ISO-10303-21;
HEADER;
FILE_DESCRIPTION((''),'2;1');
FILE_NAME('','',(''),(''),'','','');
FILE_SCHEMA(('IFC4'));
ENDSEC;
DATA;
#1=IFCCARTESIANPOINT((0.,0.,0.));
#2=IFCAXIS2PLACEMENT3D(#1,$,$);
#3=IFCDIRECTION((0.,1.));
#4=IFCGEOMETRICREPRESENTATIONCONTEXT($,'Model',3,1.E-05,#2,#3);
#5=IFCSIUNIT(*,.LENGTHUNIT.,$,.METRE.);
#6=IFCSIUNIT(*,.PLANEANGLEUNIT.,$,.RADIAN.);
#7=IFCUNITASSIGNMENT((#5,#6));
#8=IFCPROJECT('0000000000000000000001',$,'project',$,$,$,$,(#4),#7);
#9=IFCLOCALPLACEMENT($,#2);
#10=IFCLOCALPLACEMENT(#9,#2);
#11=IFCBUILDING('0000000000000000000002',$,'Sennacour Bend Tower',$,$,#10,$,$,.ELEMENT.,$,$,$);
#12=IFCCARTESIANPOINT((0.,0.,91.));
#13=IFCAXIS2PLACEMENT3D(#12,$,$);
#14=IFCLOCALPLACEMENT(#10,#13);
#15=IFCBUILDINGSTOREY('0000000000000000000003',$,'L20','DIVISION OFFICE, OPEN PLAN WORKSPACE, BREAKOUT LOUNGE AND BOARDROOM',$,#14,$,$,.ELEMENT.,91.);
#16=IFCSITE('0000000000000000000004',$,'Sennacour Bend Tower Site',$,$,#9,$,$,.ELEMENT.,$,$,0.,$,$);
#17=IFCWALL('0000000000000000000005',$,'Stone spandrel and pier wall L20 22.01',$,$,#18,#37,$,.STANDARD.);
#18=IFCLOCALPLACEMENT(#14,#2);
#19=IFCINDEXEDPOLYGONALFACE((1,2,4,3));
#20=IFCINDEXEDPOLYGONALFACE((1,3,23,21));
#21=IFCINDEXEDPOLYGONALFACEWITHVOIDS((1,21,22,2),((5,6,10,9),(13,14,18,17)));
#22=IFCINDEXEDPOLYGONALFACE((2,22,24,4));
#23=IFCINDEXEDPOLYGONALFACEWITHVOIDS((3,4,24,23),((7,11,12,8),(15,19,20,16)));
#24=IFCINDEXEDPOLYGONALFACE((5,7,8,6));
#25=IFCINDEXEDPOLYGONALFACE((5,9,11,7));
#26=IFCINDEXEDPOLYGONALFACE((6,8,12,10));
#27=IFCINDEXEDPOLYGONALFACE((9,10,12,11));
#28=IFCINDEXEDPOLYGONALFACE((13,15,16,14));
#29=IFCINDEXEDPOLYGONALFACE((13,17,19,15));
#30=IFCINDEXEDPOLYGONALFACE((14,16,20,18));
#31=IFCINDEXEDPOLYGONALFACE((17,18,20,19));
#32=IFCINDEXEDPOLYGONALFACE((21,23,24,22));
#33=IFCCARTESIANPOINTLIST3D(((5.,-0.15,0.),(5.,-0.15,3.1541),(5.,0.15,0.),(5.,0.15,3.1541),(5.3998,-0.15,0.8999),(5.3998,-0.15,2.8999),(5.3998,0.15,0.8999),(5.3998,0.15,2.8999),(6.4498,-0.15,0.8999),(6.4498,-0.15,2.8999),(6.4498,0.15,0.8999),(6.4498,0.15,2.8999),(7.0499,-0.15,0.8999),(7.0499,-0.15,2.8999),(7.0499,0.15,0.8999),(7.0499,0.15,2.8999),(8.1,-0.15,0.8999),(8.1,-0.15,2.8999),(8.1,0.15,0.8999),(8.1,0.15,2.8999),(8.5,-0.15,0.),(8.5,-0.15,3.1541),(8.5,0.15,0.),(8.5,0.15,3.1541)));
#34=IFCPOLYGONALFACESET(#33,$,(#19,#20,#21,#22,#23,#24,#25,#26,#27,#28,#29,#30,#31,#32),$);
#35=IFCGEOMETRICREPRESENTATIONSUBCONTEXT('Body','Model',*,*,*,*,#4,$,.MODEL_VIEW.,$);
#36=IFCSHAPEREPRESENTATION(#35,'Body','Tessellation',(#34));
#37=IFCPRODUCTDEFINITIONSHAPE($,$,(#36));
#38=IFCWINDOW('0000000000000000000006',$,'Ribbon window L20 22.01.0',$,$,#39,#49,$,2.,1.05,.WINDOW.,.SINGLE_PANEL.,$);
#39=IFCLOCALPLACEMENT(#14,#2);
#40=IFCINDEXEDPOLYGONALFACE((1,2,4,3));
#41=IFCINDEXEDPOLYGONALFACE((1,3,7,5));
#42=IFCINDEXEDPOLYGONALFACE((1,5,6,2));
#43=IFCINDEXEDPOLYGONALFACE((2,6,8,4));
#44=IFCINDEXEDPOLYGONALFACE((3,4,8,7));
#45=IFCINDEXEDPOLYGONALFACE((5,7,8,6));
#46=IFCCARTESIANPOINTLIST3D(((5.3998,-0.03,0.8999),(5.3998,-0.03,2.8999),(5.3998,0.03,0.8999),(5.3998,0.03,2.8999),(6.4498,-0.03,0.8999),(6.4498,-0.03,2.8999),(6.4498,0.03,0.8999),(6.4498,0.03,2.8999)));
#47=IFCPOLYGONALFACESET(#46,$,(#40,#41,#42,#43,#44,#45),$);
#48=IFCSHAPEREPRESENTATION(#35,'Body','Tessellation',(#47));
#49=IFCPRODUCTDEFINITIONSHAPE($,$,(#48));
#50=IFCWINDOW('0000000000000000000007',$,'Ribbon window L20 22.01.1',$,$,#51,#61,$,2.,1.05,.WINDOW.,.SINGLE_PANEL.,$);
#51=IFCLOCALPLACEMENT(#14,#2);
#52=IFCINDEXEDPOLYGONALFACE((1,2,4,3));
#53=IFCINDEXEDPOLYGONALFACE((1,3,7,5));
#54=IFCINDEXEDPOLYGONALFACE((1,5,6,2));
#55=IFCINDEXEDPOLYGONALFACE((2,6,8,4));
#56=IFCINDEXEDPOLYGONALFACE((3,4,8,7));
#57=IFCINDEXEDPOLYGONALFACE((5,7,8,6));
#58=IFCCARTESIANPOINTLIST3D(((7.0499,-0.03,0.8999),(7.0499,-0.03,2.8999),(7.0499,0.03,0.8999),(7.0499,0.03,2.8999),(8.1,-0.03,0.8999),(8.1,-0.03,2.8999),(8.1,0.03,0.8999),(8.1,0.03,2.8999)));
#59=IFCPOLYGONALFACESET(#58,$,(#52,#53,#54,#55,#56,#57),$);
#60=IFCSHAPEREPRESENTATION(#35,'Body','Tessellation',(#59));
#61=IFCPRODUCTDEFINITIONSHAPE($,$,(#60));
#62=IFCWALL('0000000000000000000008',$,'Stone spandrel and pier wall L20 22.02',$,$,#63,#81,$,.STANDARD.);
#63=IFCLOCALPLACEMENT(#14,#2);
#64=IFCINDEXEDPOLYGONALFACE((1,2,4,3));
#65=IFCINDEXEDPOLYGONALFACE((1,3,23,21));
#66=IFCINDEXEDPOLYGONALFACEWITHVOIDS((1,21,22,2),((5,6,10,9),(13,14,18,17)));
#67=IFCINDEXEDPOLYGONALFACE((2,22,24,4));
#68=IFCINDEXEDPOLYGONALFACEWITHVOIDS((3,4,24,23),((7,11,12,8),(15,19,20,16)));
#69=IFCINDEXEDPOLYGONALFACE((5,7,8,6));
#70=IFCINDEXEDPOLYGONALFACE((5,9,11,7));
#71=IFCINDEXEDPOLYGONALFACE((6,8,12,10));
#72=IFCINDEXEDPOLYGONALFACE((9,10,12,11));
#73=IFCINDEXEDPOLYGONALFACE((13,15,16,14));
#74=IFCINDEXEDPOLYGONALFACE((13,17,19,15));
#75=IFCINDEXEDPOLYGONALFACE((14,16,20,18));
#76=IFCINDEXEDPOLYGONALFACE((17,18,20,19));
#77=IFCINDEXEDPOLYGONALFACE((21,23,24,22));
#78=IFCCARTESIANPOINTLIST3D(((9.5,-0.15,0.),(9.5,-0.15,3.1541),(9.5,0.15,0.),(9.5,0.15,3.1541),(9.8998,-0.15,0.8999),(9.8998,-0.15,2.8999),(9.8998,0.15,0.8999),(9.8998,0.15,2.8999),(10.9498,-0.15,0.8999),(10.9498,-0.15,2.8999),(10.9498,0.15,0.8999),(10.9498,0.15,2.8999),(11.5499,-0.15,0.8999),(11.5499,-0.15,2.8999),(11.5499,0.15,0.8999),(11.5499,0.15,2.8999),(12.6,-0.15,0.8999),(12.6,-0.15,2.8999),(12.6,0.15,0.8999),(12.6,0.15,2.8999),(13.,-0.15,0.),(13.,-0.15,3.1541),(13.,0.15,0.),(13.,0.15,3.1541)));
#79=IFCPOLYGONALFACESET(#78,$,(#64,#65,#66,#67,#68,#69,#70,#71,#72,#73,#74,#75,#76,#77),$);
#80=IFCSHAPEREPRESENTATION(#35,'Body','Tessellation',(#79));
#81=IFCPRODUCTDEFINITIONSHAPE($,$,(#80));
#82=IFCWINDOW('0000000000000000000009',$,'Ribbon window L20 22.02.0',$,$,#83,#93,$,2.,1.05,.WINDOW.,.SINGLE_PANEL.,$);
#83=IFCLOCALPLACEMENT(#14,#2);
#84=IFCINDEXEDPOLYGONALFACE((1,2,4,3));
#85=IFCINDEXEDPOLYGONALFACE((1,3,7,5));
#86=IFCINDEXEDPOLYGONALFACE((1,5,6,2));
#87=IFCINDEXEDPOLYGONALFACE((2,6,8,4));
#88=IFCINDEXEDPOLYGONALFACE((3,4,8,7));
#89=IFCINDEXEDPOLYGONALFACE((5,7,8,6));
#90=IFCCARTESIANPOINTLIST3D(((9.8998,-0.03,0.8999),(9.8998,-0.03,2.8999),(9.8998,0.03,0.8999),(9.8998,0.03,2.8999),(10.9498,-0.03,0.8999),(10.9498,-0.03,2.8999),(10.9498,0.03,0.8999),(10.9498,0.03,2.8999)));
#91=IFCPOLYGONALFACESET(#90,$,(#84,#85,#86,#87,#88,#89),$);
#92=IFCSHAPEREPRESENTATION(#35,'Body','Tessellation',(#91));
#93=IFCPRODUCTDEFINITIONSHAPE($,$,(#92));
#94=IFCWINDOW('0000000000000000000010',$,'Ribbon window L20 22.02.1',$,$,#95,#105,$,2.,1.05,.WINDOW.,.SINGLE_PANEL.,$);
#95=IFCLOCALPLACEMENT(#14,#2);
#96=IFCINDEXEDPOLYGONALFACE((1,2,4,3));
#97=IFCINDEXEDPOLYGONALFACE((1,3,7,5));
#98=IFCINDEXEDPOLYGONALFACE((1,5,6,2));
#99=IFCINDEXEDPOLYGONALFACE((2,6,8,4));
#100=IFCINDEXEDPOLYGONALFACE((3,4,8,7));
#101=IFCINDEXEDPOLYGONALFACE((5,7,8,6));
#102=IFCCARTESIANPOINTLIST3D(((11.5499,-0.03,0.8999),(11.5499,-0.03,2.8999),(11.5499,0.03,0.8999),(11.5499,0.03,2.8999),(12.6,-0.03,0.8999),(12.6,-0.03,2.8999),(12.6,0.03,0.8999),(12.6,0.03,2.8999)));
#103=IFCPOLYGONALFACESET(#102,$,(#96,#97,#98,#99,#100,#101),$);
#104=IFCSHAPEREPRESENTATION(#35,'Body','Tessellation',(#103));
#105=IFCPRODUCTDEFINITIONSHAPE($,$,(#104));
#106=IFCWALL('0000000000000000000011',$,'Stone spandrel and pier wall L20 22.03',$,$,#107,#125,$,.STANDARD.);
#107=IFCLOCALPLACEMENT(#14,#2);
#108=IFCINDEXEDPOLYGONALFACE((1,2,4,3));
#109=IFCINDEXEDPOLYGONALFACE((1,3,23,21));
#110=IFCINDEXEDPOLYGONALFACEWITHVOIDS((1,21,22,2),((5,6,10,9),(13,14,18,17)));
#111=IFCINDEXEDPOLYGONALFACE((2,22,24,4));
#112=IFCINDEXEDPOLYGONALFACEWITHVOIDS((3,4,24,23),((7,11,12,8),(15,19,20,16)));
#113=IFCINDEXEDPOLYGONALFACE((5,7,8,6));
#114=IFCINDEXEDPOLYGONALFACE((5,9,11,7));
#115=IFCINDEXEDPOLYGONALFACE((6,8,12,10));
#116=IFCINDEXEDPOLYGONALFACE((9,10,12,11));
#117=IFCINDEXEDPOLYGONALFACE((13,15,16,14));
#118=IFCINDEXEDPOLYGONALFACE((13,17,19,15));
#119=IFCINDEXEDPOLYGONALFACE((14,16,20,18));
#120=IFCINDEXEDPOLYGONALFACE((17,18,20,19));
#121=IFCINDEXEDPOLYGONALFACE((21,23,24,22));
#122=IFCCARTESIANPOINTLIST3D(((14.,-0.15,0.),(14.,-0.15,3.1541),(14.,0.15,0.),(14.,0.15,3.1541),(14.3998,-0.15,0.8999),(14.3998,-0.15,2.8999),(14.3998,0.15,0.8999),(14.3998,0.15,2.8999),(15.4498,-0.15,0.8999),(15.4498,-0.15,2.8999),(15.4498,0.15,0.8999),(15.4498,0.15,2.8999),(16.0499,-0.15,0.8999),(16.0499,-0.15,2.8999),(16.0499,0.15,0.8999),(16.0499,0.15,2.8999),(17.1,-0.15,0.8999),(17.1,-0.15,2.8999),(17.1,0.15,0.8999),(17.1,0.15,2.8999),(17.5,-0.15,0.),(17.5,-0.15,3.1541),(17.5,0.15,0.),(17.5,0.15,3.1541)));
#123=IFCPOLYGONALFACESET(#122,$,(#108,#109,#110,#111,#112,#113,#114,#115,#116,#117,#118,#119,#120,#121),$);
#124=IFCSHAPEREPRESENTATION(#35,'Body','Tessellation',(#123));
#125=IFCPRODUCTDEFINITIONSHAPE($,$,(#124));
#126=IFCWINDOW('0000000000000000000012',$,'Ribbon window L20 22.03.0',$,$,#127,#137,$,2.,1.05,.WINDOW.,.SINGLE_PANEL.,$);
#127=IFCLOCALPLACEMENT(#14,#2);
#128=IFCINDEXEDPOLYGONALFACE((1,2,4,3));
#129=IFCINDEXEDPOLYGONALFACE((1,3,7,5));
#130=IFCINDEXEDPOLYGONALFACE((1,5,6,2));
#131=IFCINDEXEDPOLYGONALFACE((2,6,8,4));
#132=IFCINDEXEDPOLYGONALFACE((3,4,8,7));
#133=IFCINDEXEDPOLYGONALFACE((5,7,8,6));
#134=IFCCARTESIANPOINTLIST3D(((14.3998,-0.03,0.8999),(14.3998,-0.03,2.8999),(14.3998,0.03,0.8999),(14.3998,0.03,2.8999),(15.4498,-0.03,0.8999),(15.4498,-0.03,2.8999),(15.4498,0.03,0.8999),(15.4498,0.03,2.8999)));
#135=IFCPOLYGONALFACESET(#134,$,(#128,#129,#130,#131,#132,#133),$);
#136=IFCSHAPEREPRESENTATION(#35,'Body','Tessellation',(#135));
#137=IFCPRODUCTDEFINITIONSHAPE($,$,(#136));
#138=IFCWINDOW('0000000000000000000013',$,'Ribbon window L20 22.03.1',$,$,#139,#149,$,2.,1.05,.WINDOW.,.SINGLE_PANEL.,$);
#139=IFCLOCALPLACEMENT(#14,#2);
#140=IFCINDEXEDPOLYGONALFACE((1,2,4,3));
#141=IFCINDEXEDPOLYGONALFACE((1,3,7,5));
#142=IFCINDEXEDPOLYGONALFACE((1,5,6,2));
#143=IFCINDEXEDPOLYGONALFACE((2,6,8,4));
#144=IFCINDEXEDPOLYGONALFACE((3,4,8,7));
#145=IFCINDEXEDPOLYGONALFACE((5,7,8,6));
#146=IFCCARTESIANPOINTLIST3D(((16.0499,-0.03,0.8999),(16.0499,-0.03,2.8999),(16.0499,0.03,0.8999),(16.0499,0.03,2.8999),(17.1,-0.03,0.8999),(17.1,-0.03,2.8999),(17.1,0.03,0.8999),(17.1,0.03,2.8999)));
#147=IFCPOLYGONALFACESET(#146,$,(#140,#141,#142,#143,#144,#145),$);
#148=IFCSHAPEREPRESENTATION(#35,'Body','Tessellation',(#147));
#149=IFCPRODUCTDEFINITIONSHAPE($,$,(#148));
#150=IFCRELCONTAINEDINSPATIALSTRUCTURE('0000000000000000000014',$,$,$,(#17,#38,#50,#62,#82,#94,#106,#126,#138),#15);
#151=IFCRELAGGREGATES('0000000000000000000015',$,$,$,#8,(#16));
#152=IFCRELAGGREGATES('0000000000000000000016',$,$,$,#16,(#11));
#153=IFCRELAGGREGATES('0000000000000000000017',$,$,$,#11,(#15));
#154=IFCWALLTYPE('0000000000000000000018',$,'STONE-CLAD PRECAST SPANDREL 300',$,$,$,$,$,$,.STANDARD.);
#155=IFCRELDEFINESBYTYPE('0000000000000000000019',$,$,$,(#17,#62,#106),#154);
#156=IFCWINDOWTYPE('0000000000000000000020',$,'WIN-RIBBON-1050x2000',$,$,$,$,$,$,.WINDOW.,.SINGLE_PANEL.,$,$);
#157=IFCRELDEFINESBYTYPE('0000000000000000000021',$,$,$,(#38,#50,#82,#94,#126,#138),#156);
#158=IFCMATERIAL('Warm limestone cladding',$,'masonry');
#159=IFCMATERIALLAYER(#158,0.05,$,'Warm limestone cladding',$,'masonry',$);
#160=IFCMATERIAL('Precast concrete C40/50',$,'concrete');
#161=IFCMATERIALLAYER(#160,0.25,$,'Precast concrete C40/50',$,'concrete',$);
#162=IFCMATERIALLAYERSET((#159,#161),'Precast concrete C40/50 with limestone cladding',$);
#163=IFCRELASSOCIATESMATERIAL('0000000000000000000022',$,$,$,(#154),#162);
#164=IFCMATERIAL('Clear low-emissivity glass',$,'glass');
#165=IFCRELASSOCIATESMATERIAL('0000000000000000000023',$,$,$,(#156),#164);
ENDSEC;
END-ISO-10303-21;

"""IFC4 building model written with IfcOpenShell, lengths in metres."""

from ifc_helpers import new_model, si_unit, direction, frame, frame_2d, origin, place, context, subcontext, project, spatial, rectangle, extrude, material, layer, layer_set, type_object, element, fill, save


model = new_model("IFC4")

# Units and contexts
model_context = context("Model", 3, precision=1e-05, world=origin(), true_north=direction((0.0, 1.0)))
body_context = subcontext(model_context, "Body", "Model", "MODEL_VIEW")
ifc_project = project(units=[si_unit("LENGTHUNIT", "METRE"), si_unit("PLANEANGLEUNIT", "RADIAN")], contexts=[model_context])

# Site, building, storey
site_placement = place(None, origin())
site = spatial("IfcSite", under=ifc_project, at=site_placement, Name="Sennacour Bend Tower Site", CompositionType="ELEMENT", RefElevation=0.0)
building_placement = place(site_placement, origin())
building = spatial("IfcBuilding", under=site, at=building_placement, Name="Sennacour Bend Tower", CompositionType="ELEMENT")
storey_placement = place(building_placement, frame((0.0, 0.0, 91.0)))
storey = spatial("IfcBuildingStorey", under=building, at=storey_placement, Name="L20", Description="DIVISION OFFICE, OPEN PLAN WORKSPACE, BREAKOUT LOUNGE AND BOARDROOM", CompositionType="ELEMENT", Elevation=91.0)

# Walls, openings, windows
ifc_material_1 = material(Name="Warm limestone cladding", Category="masonry")
ifc_layer_1 = layer(ifc_material_1, 0.05, Name="Warm limestone cladding", Category="masonry")
ifc_material_2 = material(Name="Precast concrete C40/50", Category="concrete")
ifc_layer_2 = layer(ifc_material_2, 0.25, Name="Precast concrete C40/50", Category="concrete")
ifc_layer_set_1 = layer_set([ifc_layer_1, ifc_layer_2], Name="Precast concrete C40/50 with limestone cladding")
wall_type_1 = type_object("IfcWallType", Name="STONE-CLAD PRECAST SPANDREL 300", PredefinedType="STANDARD", material=ifc_layer_set_1)
wall_1_placement = place(storey_placement, frame((5.0, 0.0, 0.0), z_axis=(0.0, 0.0, 1.0), x_axis=(1.0, 0.0, 0.0)))
wall_1 = element("IfcWall", 1, at=wall_1_placement, inside=storey, type_object=wall_type_1, Name="Stone spandrel and pier wall L20 22.01", PredefinedType="STANDARD", context=body_context, shape_type="SweptSolid", body=[
    extrude(rectangle(XDim=3.5, YDim=0.3, at=frame_2d((1.75, 0.0))), origin(), (0.0, 0.0, 1.0), 3.1541),
])
opening_1_placement = place(wall_1_placement, frame((0.3999, 0.0, 0.8999)))
opening_1 = element("IfcOpeningElement", 2, at=opening_1_placement, cuts=wall_1, PredefinedType="OPENING", context=body_context, shape_type="SweptSolid", body=[
    extrude(rectangle(XDim=1.05, YDim=2.0, at=frame_2d((0.5249, 1.0))), frame((0.0, 0.1602, 0.0), z_axis=(0.0, -1.0, 0.0), x_axis=(1.0, 0.0, 0.0)), (0.0, 0.0, 1.0), 0.3201),
])
opening_2_placement = place(wall_1_placement, frame((2.05, 0.0, 0.8999)))
opening_2 = element("IfcOpeningElement", 3, at=opening_2_placement, cuts=wall_1, PredefinedType="OPENING", context=body_context, shape_type="SweptSolid", body=[
    extrude(rectangle(XDim=1.05, YDim=2.0, at=frame_2d((0.5249, 1.0))), frame((0.0, 0.1602, 0.0), z_axis=(0.0, -1.0, 0.0), x_axis=(1.0, 0.0, 0.0)), (0.0, 0.0, 1.0), 0.3201),
])
ifc_material_3 = material(Name="Clear low-emissivity glass", Category="glass")
window_type = type_object("IfcWindowType", Name="WIN-RIBBON-1050x2000", PartitioningType="SINGLE_PANEL", PredefinedType="WINDOW", material=ifc_material_3)
window_1_placement = place(opening_1_placement, origin())
window_1 = element("IfcWindow", 4, at=window_1_placement, inside=storey, type_object=window_type, Name="Ribbon window L20 22.01.0", OverallHeight=2.0, OverallWidth=1.05, PartitioningType="SINGLE_PANEL", PredefinedType="WINDOW", context=body_context, shape_type="SweptSolid", body=[
    extrude(rectangle(XDim=1.05, YDim=2.0, at=frame_2d((0.5249, 1.0))), frame((0.0, 0.03, 0.0), z_axis=(0.0, -1.0, 0.0), x_axis=(1.0, 0.0, 0.0)), (0.0, 0.0, 1.0), 0.0601),
])
fill(opening_1, window_1)
window_2_placement = place(opening_2_placement, origin())
window_2 = element("IfcWindow", 5, at=window_2_placement, inside=storey, type_object=window_type, Name="Ribbon window L20 22.01.1", OverallHeight=2.0, OverallWidth=1.05, PartitioningType="SINGLE_PANEL", PredefinedType="WINDOW", context=body_context, shape_type="SweptSolid", body=[
    extrude(rectangle(XDim=1.05, YDim=2.0, at=frame_2d((0.5249, 1.0))), frame((0.0, 0.03, 0.0), z_axis=(0.0, -1.0, 0.0), x_axis=(1.0, 0.0, 0.0)), (0.0, 0.0, 1.0), 0.0601),
])
fill(opening_2, window_2)
wall_2_placement = place(storey_placement, frame((9.5, 0.0, 0.0), z_axis=(0.0, 0.0, 1.0), x_axis=(1.0, 0.0, 0.0)))
wall_2 = element("IfcWall", 6, at=wall_2_placement, inside=storey, type_object=wall_type_1, Name="Stone spandrel and pier wall L20 22.02", PredefinedType="STANDARD", context=body_context, shape_type="SweptSolid", body=[
    extrude(rectangle(XDim=3.5, YDim=0.3, at=frame_2d((1.75, 0.0))), origin(), (0.0, 0.0, 1.0), 3.1541),
])
opening_3_placement = place(wall_2_placement, frame((0.3999, 0.0, 0.8999)))
opening_3 = element("IfcOpeningElement", 7, at=opening_3_placement, cuts=wall_2, PredefinedType="OPENING", context=body_context, shape_type="SweptSolid", body=[
    extrude(rectangle(XDim=1.05, YDim=2.0, at=frame_2d((0.5249, 1.0))), frame((0.0, 0.1602, 0.0), z_axis=(0.0, -1.0, 0.0), x_axis=(1.0, 0.0, 0.0)), (0.0, 0.0, 1.0), 0.3201),
])
opening_4_placement = place(wall_2_placement, frame((2.05, 0.0, 0.8999)))
opening_4 = element("IfcOpeningElement", 8, at=opening_4_placement, cuts=wall_2, PredefinedType="OPENING", context=body_context, shape_type="SweptSolid", body=[
    extrude(rectangle(XDim=1.05, YDim=2.0, at=frame_2d((0.5249, 1.0))), frame((0.0, 0.1602, 0.0), z_axis=(0.0, -1.0, 0.0), x_axis=(1.0, 0.0, 0.0)), (0.0, 0.0, 1.0), 0.3201),
])
window_3_placement = place(opening_3_placement, origin())
window_3 = element("IfcWindow", 9, at=window_3_placement, inside=storey, type_object=window_type, Name="Ribbon window L20 22.02.0", OverallHeight=2.0, OverallWidth=1.05, PartitioningType="SINGLE_PANEL", PredefinedType="WINDOW", context=body_context, shape_type="SweptSolid", body=[
    extrude(rectangle(XDim=1.05, YDim=2.0, at=frame_2d((0.5249, 1.0))), frame((0.0, 0.03, 0.0), z_axis=(0.0, -1.0, 0.0), x_axis=(1.0, 0.0, 0.0)), (0.0, 0.0, 1.0), 0.0601),
])
fill(opening_3, window_3)
window_4_placement = place(opening_4_placement, origin())
window_4 = element("IfcWindow", 10, at=window_4_placement, inside=storey, type_object=window_type, Name="Ribbon window L20 22.02.1", OverallHeight=2.0, OverallWidth=1.05, PartitioningType="SINGLE_PANEL", PredefinedType="WINDOW", context=body_context, shape_type="SweptSolid", body=[
    extrude(rectangle(XDim=1.05, YDim=2.0, at=frame_2d((0.5249, 1.0))), frame((0.0, 0.03, 0.0), z_axis=(0.0, -1.0, 0.0), x_axis=(1.0, 0.0, 0.0)), (0.0, 0.0, 1.0), 0.0601),
])
fill(opening_4, window_4)
wall_3_placement = place(storey_placement, frame((14.0, 0.0, 0.0), z_axis=(0.0, 0.0, 1.0), x_axis=(1.0, 0.0, 0.0)))
wall_3 = element("IfcWall", 11, at=wall_3_placement, inside=storey, type_object=wall_type_1, Name="Stone spandrel and pier wall L20 22.03", PredefinedType="STANDARD", context=body_context, shape_type="SweptSolid", body=[
    extrude(rectangle(XDim=3.5, YDim=0.3, at=frame_2d((1.75, 0.0))), origin(), (0.0, 0.0, 1.0), 3.1541),
])
opening_5_placement = place(wall_3_placement, frame((0.3999, 0.0, 0.8999)))
opening_5 = element("IfcOpeningElement", 12, at=opening_5_placement, cuts=wall_3, PredefinedType="OPENING", context=body_context, shape_type="SweptSolid", body=[
    extrude(rectangle(XDim=1.05, YDim=2.0, at=frame_2d((0.5249, 1.0))), frame((0.0, 0.1602, 0.0), z_axis=(0.0, -1.0, 0.0), x_axis=(1.0, 0.0, 0.0)), (0.0, 0.0, 1.0), 0.3201),
])
opening_6_placement = place(wall_3_placement, frame((2.05, 0.0, 0.8999)))
opening_6 = element("IfcOpeningElement", 13, at=opening_6_placement, cuts=wall_3, PredefinedType="OPENING", context=body_context, shape_type="SweptSolid", body=[
    extrude(rectangle(XDim=1.05, YDim=2.0, at=frame_2d((0.5249, 1.0))), frame((0.0, 0.1602, 0.0), z_axis=(0.0, -1.0, 0.0), x_axis=(1.0, 0.0, 0.0)), (0.0, 0.0, 1.0), 0.3201),
])
window_5_placement = place(opening_5_placement, origin())
window_5 = element("IfcWindow", 14, at=window_5_placement, inside=storey, type_object=window_type, Name="Ribbon window L20 22.03.0", OverallHeight=2.0, OverallWidth=1.05, PartitioningType="SINGLE_PANEL", PredefinedType="WINDOW", context=body_context, shape_type="SweptSolid", body=[
    extrude(rectangle(XDim=1.05, YDim=2.0, at=frame_2d((0.5249, 1.0))), frame((0.0, 0.03, 0.0), z_axis=(0.0, -1.0, 0.0), x_axis=(1.0, 0.0, 0.0)), (0.0, 0.0, 1.0), 0.0601),
])
fill(opening_5, window_5)
window_6_placement = place(opening_6_placement, origin())
window_6 = element("IfcWindow", 15, at=window_6_placement, inside=storey, type_object=window_type, Name="Ribbon window L20 22.03.1", OverallHeight=2.0, OverallWidth=1.05, PartitioningType="SINGLE_PANEL", PredefinedType="WINDOW", context=body_context, shape_type="SweptSolid", body=[
    extrude(rectangle(XDim=1.05, YDim=2.0, at=frame_2d((0.5249, 1.0))), frame((0.0, 0.03, 0.0), z_axis=(0.0, -1.0, 0.0), x_axis=(1.0, 0.0, 0.0)), (0.0, 0.0, 1.0), 0.0601),
])
fill(opening_6, window_6)

save(model, "model.ifc")
